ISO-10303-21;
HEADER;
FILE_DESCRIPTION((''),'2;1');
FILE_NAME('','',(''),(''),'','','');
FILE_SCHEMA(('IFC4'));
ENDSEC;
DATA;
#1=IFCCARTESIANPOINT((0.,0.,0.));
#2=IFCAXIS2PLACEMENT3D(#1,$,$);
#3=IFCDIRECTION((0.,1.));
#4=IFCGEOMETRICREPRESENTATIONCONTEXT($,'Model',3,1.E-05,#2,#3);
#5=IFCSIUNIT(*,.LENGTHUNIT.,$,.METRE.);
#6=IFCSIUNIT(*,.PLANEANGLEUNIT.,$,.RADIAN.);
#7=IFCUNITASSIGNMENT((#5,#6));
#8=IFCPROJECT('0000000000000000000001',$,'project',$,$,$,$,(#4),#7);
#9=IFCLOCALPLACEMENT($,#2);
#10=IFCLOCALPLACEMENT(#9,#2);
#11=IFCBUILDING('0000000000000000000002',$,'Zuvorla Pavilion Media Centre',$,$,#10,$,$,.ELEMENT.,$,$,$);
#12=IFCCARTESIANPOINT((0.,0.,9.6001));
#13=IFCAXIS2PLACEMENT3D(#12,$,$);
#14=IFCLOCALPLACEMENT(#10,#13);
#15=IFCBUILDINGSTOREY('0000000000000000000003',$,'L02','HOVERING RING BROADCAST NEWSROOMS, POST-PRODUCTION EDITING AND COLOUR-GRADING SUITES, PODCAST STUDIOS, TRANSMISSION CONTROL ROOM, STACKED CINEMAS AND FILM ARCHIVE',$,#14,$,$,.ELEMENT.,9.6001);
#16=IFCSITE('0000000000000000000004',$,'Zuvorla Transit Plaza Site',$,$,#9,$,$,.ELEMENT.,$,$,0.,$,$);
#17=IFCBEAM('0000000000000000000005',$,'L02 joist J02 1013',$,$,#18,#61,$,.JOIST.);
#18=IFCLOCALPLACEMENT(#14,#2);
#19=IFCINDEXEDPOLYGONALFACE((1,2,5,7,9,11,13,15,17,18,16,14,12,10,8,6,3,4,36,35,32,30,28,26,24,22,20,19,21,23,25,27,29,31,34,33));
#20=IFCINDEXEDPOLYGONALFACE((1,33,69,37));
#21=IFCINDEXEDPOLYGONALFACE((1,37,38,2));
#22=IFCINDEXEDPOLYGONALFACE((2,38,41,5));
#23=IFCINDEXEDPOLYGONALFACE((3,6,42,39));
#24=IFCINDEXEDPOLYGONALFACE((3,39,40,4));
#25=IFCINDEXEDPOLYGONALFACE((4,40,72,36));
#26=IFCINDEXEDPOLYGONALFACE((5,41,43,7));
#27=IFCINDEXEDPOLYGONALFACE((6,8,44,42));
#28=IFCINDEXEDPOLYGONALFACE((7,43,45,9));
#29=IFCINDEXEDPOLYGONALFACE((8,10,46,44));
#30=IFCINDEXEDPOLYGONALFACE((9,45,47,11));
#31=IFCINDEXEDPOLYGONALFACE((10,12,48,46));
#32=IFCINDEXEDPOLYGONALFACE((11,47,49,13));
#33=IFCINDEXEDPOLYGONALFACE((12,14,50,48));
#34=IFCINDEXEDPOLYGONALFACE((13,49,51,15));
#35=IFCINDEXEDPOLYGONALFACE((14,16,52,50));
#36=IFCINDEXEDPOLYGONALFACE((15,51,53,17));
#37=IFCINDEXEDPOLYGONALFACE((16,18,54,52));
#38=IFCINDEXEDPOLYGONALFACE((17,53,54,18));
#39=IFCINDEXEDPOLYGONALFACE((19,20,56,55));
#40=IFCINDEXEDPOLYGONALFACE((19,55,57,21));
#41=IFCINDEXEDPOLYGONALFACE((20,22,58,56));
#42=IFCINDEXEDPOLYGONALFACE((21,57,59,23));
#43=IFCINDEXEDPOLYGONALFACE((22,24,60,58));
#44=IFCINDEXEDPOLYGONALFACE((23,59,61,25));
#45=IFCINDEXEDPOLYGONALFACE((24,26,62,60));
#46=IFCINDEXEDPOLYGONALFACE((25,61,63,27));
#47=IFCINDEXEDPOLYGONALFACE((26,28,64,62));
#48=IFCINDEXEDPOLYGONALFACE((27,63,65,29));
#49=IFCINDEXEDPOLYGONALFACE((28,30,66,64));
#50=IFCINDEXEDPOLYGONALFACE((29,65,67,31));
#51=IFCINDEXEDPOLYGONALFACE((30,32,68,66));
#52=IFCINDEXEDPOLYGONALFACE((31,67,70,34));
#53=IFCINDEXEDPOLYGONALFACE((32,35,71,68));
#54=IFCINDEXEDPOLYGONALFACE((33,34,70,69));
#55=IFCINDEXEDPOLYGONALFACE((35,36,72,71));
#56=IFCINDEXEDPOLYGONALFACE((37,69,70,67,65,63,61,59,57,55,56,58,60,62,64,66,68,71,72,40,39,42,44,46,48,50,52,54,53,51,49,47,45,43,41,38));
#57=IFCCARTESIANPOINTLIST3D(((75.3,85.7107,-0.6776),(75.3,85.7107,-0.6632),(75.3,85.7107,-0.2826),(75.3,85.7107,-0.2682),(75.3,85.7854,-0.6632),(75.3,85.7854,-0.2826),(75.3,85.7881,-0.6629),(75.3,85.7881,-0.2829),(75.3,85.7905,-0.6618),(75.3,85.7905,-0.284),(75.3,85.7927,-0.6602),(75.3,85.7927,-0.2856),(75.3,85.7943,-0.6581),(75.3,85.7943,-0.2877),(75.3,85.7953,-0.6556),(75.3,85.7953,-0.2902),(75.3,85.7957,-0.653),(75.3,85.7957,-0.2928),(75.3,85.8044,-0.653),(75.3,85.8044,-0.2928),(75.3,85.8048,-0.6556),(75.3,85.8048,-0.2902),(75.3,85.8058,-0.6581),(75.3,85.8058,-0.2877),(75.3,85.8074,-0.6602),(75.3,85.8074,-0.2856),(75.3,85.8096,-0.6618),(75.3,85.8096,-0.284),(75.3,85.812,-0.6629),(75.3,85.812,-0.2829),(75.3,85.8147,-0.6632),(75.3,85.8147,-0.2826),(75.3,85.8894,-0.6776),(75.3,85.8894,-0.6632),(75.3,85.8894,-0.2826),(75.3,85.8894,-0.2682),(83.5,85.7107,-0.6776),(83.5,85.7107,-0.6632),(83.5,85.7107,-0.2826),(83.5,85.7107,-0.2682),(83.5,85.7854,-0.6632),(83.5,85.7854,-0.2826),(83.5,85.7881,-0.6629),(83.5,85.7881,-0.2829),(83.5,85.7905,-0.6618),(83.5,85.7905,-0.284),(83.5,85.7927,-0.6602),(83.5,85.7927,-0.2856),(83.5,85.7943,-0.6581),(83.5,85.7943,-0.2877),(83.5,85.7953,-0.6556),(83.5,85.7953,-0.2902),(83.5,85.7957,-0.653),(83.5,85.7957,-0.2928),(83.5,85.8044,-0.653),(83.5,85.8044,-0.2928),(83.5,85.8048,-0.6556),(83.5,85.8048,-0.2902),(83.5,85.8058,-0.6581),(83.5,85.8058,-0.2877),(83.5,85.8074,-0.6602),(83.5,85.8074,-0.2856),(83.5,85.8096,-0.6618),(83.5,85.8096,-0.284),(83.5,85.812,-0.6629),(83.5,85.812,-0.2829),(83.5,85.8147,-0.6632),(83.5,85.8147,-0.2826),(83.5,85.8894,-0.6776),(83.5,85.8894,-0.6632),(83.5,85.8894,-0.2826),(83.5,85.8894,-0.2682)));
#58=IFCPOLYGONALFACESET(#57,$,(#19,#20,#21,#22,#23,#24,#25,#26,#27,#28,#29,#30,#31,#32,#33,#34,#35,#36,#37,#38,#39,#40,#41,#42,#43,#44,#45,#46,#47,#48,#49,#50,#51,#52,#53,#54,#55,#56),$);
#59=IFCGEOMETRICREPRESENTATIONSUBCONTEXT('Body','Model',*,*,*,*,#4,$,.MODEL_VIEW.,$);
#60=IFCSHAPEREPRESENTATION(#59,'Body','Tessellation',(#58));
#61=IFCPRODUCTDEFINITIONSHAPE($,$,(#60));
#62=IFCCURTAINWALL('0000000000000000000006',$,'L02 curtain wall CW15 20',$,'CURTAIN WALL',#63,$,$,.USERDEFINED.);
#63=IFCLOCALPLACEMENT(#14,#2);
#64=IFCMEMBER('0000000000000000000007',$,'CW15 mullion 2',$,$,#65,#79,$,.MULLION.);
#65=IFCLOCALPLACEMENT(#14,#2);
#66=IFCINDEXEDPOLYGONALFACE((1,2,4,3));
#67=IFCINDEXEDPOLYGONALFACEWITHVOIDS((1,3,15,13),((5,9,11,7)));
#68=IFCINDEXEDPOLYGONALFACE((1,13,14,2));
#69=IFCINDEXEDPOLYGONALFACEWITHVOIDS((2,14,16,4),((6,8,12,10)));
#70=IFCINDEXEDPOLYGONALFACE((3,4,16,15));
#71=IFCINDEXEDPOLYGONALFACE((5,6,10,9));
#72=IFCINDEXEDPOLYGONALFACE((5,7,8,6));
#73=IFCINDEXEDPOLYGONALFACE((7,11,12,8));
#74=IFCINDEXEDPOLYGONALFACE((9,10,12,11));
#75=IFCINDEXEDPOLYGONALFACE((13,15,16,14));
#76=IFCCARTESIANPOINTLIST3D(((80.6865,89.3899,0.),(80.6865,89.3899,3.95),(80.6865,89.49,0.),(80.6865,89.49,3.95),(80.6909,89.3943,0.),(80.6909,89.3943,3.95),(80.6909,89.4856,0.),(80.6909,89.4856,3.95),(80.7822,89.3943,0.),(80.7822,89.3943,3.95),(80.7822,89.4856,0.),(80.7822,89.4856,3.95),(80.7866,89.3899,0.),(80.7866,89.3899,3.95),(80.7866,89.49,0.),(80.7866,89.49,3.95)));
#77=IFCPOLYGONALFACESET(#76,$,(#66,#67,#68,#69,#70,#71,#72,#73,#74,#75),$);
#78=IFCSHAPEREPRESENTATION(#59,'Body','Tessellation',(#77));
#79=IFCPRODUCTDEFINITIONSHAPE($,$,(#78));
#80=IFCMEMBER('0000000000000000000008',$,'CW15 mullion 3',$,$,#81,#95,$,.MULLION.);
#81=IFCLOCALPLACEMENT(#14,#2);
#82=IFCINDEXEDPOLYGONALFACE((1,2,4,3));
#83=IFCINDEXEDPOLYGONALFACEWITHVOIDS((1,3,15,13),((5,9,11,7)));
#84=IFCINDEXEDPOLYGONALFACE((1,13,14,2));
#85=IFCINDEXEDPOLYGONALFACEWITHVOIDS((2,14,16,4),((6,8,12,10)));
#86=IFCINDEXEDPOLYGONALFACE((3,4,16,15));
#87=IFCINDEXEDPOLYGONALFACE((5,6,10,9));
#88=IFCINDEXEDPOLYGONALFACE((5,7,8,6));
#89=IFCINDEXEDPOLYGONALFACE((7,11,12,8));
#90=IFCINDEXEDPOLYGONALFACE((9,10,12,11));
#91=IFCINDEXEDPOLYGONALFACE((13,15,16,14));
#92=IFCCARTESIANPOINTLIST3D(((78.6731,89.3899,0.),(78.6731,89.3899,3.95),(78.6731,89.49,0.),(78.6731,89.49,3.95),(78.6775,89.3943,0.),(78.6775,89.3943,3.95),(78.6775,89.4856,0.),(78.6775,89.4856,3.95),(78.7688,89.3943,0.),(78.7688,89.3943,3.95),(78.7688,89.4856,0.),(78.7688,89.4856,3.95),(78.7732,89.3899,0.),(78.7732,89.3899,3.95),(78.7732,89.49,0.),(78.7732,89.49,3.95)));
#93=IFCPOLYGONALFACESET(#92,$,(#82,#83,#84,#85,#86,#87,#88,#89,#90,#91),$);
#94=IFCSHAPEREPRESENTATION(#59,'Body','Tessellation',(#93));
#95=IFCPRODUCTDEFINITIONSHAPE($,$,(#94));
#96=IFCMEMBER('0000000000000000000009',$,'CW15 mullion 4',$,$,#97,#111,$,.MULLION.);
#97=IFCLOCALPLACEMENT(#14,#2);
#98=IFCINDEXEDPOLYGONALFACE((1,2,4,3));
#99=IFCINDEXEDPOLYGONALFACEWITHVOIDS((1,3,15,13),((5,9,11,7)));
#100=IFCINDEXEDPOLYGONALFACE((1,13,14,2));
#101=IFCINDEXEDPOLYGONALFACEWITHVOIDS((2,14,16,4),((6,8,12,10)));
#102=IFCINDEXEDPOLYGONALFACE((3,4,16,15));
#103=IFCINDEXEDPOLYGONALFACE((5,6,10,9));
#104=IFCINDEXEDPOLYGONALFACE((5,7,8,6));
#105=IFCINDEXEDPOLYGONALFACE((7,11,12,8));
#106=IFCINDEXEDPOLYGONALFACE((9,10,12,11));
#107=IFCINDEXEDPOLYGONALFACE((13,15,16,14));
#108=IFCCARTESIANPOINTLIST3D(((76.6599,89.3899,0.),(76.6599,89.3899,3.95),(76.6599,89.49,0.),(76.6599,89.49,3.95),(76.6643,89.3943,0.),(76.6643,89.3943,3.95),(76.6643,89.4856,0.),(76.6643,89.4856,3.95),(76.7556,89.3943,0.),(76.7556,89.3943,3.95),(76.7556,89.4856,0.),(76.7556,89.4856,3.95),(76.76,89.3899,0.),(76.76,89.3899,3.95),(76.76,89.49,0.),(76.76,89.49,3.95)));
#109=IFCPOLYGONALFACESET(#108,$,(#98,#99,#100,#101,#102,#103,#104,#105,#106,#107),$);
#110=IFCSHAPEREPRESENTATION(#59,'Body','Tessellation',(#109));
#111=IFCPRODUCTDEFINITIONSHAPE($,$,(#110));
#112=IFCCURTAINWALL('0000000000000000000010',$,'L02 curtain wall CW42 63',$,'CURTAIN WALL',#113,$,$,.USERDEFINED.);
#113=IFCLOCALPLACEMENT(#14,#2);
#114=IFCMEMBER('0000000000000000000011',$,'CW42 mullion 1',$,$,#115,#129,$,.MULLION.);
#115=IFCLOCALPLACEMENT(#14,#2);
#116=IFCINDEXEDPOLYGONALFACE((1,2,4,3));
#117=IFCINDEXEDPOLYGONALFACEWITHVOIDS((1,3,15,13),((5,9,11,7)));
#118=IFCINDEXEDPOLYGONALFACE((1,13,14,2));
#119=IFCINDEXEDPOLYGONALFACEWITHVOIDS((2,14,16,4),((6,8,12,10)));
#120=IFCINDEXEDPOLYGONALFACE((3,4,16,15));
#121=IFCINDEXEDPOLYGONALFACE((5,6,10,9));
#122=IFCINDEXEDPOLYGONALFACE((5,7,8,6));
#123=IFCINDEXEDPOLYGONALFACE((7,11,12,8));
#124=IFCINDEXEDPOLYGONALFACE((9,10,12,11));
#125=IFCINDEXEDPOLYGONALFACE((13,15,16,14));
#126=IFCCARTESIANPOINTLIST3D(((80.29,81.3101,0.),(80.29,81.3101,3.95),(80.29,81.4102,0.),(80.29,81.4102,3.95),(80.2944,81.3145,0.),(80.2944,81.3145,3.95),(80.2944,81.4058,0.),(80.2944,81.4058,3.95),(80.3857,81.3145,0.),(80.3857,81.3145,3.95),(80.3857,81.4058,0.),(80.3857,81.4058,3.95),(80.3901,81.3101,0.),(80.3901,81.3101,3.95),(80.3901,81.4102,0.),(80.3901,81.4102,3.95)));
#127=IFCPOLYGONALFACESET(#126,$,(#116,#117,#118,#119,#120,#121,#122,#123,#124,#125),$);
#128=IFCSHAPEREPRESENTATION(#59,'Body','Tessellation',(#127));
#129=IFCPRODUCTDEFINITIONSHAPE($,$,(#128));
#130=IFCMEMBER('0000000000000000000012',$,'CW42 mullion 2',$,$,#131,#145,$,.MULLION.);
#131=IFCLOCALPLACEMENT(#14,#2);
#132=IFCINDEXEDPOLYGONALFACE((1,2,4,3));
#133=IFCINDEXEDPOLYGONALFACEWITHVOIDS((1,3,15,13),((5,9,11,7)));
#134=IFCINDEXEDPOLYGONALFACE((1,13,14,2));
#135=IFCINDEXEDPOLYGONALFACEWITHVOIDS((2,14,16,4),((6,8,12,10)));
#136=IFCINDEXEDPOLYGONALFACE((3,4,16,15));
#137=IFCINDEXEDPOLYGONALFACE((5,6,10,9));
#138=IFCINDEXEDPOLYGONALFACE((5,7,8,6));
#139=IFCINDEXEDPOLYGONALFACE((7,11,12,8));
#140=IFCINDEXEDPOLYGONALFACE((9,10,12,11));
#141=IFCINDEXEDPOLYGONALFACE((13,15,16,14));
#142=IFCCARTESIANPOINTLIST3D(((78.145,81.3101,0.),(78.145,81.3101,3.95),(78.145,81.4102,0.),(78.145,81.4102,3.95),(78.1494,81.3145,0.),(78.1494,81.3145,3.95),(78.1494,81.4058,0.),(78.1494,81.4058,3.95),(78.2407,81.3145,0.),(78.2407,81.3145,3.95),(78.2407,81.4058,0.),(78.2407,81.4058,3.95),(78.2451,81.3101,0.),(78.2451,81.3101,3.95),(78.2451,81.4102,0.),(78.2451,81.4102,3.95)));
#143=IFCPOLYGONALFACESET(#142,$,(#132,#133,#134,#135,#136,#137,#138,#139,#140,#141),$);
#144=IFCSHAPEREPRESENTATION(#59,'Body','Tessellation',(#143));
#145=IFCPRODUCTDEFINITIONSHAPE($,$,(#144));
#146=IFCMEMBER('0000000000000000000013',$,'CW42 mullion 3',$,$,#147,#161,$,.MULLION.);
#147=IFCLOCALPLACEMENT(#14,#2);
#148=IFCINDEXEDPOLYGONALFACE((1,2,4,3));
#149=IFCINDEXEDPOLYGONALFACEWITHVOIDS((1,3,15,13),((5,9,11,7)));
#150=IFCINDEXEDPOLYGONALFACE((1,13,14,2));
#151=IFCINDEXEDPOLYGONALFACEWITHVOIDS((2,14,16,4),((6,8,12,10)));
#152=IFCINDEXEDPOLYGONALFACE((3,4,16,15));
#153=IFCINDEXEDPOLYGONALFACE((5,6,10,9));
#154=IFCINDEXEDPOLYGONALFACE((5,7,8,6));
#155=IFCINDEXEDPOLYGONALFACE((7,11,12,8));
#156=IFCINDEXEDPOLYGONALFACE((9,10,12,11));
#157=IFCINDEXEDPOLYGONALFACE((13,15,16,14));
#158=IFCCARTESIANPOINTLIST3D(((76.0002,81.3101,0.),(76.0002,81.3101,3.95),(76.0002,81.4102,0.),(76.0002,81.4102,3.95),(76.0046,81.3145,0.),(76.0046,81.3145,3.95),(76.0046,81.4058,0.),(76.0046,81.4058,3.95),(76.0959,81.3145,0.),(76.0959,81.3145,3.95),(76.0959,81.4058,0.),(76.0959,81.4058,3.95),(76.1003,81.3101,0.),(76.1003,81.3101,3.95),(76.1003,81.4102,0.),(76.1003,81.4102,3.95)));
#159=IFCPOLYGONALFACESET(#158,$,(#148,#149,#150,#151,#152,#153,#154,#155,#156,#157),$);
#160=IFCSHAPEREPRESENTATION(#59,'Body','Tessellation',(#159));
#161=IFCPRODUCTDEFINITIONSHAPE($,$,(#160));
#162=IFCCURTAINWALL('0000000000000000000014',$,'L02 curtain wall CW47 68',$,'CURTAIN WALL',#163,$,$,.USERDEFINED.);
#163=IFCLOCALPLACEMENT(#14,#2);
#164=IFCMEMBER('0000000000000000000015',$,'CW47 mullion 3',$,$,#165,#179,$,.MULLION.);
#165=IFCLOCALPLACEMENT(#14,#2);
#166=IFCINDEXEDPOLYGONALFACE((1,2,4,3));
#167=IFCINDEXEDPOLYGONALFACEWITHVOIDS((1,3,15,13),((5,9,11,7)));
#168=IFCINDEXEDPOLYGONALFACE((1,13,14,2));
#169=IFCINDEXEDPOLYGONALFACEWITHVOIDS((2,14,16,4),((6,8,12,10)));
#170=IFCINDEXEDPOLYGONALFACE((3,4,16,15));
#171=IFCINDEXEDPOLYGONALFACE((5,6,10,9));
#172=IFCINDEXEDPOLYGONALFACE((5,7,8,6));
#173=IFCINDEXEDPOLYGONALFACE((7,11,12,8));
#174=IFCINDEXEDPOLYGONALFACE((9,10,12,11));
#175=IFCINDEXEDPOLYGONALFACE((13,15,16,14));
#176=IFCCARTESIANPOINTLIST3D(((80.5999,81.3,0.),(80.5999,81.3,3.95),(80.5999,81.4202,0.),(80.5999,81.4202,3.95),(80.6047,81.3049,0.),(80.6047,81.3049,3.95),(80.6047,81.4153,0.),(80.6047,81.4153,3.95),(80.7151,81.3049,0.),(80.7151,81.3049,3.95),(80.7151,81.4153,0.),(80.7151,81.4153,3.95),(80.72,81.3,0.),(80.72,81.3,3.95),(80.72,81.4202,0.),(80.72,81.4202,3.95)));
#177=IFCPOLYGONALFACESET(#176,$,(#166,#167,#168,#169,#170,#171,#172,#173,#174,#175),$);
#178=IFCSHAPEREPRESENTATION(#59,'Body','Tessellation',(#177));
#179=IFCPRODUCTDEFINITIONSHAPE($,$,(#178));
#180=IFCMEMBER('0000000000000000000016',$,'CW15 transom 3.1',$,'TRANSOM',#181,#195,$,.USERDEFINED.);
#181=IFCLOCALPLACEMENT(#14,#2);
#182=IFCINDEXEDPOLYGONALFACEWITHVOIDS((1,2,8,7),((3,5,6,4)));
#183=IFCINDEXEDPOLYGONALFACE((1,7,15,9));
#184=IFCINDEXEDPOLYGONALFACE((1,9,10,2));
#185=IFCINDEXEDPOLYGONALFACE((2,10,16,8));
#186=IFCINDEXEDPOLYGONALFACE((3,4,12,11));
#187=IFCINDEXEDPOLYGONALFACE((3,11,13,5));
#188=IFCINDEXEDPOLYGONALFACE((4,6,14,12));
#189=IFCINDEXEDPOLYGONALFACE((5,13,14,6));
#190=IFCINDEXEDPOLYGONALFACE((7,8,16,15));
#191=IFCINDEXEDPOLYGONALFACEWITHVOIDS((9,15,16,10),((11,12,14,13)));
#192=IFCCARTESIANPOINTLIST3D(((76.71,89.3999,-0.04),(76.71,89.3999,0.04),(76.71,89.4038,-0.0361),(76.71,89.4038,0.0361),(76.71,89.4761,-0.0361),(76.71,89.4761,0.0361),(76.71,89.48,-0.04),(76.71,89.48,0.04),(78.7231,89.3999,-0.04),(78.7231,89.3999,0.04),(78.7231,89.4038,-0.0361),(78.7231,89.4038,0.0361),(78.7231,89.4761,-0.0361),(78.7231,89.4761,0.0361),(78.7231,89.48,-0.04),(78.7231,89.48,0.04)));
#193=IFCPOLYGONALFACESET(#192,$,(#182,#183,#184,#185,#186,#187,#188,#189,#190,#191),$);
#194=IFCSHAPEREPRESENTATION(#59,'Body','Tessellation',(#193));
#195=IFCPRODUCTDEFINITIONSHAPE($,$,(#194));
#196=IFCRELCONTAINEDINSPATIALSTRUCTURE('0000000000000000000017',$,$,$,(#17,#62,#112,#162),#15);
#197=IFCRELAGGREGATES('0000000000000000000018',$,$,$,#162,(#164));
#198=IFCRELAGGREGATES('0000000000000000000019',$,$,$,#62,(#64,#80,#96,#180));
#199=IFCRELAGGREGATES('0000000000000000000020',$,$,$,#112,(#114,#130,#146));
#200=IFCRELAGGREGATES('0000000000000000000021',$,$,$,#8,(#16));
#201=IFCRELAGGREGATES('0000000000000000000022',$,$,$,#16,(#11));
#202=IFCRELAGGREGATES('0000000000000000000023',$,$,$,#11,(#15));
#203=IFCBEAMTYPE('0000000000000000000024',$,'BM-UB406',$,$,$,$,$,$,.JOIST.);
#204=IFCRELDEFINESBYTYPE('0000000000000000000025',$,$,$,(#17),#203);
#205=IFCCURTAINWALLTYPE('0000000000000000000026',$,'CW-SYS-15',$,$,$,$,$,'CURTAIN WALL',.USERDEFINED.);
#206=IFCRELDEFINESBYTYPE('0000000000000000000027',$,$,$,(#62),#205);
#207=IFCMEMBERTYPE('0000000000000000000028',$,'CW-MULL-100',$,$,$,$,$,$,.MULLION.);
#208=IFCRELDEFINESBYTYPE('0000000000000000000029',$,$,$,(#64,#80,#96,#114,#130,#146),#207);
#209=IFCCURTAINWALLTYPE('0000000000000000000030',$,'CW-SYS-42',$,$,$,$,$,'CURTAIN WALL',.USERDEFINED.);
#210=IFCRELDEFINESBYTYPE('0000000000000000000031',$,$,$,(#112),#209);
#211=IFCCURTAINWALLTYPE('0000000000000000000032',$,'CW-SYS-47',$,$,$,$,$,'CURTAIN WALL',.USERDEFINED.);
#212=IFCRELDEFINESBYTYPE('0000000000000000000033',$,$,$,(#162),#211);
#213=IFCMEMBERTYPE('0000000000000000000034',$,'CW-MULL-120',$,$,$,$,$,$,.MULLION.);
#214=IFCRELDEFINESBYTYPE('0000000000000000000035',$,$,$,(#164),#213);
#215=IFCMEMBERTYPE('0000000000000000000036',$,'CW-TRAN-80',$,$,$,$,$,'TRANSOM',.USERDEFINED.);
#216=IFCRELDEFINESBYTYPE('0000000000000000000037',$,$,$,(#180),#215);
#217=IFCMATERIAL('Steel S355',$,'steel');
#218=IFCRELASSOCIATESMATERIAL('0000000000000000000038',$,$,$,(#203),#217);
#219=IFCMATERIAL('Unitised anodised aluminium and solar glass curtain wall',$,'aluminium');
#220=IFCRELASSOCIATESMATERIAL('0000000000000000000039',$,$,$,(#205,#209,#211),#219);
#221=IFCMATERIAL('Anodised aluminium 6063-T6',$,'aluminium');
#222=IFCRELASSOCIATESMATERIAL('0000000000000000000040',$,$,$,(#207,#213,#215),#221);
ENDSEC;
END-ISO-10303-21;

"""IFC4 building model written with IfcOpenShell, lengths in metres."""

from ifc_helpers import new_model, si_unit, direction, frame, origin, origin_2d, place, context, subcontext, project, spatial, hollow_rectangle, i_section, extrude, material, material_profile, profile_set, type_object, element, aggregate, save


model = new_model("IFC4")

# Units and contexts
model_context = context("Model", 3, precision=1e-05, world=origin(), true_north=direction((0.0, 1.0)))
body_context = subcontext(model_context, "Body", "Model", "MODEL_VIEW")
ifc_project = project(units=[si_unit("LENGTHUNIT", "METRE"), si_unit("PLANEANGLEUNIT", "RADIAN")], contexts=[model_context])

# Site, building, storey
site_placement = place(None, origin())
site = spatial("IfcSite", under=ifc_project, at=site_placement, Name="Zuvorla Transit Plaza Site", CompositionType="ELEMENT", RefElevation=0.0)
building_placement = place(site_placement, origin())
building = spatial("IfcBuilding", under=site, at=building_placement, Name="Zuvorla Pavilion Media Centre", CompositionType="ELEMENT")
storey_placement = place(building_placement, frame((0.0, 0.0, 9.6001)))
storey = spatial("IfcBuildingStorey", under=building, at=storey_placement, Name="L02", Description="HOVERING RING BROADCAST NEWSROOMS, POST-PRODUCTION EDITING AND COLOUR-GRADING SUITES, PODCAST STUDIOS, TRANSMISSION CONTROL ROOM, STACKED CINEMAS AND FILM ARCHIVE", CompositionType="ELEMENT", Elevation=9.6001)

# Beam
ifc_material_1 = material(Name="Steel S355", Category="steel")
ifc_material_profile_1 = material_profile(ifc_material_1, i_section(OverallWidth=0.1787, OverallDepth=0.4094, WebThickness=0.0088, FlangeThickness=0.0144, FilletRadius=0.0103, at=origin_2d()), Name="UB 406x178x67")
ifc_profile_set_1 = profile_set([ifc_material_profile_1], Name="Steel S355")
beam_type = type_object("IfcBeamType", Name="BM-UB406", PredefinedType="JOIST", material=ifc_profile_set_1)
beam_placement = place(storey_placement, frame((75.3, 85.8, -0.4729), z_axis=(1.0, 0.0, 0.0), x_axis=(0.0, 1.0, 0.0)))
element("IfcBeam", 1, at=beam_placement, inside=storey, type_object=beam_type, Name="L02 joist J02 1013", PredefinedType="JOIST", context=body_context, shape_type="SweptSolid", body=[
    extrude(i_section(OverallWidth=0.1787, OverallDepth=0.4094, WebThickness=0.0088, FlangeThickness=0.0144, FilletRadius=0.0103, at=origin_2d()), origin(), (0.0, 0.0, 1.0), 8.2),
])

# Curtain walls, members
ifc_material_2 = material(Name="Unitised anodised aluminium and solar glass curtain wall", Category="aluminium")
curtain_wall_type_1 = type_object("IfcCurtainWallType", Name="CW-SYS-15", ElementType="CURTAIN WALL", PredefinedType="USERDEFINED", material=ifc_material_2)
curtain_wall_1_placement = place(storey_placement, origin())
curtain_wall_1 = element("IfcCurtainWall", 2, at=curtain_wall_1_placement, inside=storey, type_object=curtain_wall_type_1, Name="L02 curtain wall CW15 20", ObjectType="CURTAIN WALL", PredefinedType="USERDEFINED")
ifc_material_3 = material(Name="Anodised aluminium 6063-T6", Category="aluminium")
ifc_material_profile_2 = material_profile(ifc_material_3, hollow_rectangle(XDim=0.1001, YDim=0.1001, WallThickness=0.0044, at=origin_2d()), Name="ALU MULL 100x100")
ifc_profile_set_2 = profile_set([ifc_material_profile_2], Name="Anodised aluminium 6063-T6")
member_type_1 = type_object("IfcMemberType", Name="CW-MULL-100", PredefinedType="MULLION", material=ifc_profile_set_2)
member_1_placement = place(storey_placement, frame((80.7366, 89.4399, 0.0), z_axis=(0.0, 0.0, 1.0), x_axis=(1.0, 0.0, 0.0)))
member_1 = element("IfcMember", 3, at=member_1_placement, type_object=member_type_1, Name="CW15 mullion 2", PredefinedType="MULLION", context=body_context, shape_type="SweptSolid", body=[
    extrude(hollow_rectangle(XDim=0.1001, YDim=0.1001, WallThickness=0.0044, at=origin_2d()), origin(), (0.0, 0.0, 1.0), 3.95),
])
member_2_placement = place(storey_placement, frame((78.7231, 89.4399, 0.0), z_axis=(0.0, 0.0, 1.0), x_axis=(1.0, 0.0, 0.0)))
member_2 = element("IfcMember", 4, at=member_2_placement, type_object=member_type_1, Name="CW15 mullion 3", PredefinedType="MULLION", context=body_context, shape_type="SweptSolid", body=[
    extrude(hollow_rectangle(XDim=0.1001, YDim=0.1001, WallThickness=0.0044, at=origin_2d()), origin(), (0.0, 0.0, 1.0), 3.95),
])
member_3_placement = place(storey_placement, frame((76.71, 89.4399, 0.0), z_axis=(0.0, 0.0, 1.0), x_axis=(1.0, 0.0, 0.0)))
member_3 = element("IfcMember", 5, at=member_3_placement, type_object=member_type_1, Name="CW15 mullion 4", PredefinedType="MULLION", context=body_context, shape_type="SweptSolid", body=[
    extrude(hollow_rectangle(XDim=0.1001, YDim=0.1001, WallThickness=0.0044, at=origin_2d()), origin(), (0.0, 0.0, 1.0), 3.95),
])
curtain_wall_type_2 = type_object("IfcCurtainWallType", Name="CW-SYS-42", ElementType="CURTAIN WALL", PredefinedType="USERDEFINED", material=ifc_material_2)
curtain_wall_2_placement = place(storey_placement, origin())
curtain_wall_2 = element("IfcCurtainWall", 6, at=curtain_wall_2_placement, inside=storey, type_object=curtain_wall_type_2, Name="L02 curtain wall CW42 63", ObjectType="CURTAIN WALL", PredefinedType="USERDEFINED")
member_4_placement = place(storey_placement, frame((80.3401, 81.3601, 0.0), z_axis=(0.0, 0.0, 1.0), x_axis=(1.0, 0.0, 0.0)))
member_4 = element("IfcMember", 7, at=member_4_placement, type_object=member_type_1, Name="CW42 mullion 1", PredefinedType="MULLION", context=body_context, shape_type="SweptSolid", body=[
    extrude(hollow_rectangle(XDim=0.1001, YDim=0.1001, WallThickness=0.0044, at=origin_2d()), origin(), (0.0, 0.0, 1.0), 3.95),
])
member_5_placement = place(storey_placement, frame((78.1951, 81.3601, 0.0), z_axis=(0.0, 0.0, 1.0), x_axis=(1.0, 0.0, 0.0)))
member_5 = element("IfcMember", 8, at=member_5_placement, type_object=member_type_1, Name="CW42 mullion 2", PredefinedType="MULLION", context=body_context, shape_type="SweptSolid", body=[
    extrude(hollow_rectangle(XDim=0.1001, YDim=0.1001, WallThickness=0.0044, at=origin_2d()), origin(), (0.0, 0.0, 1.0), 3.95),
])
member_6_placement = place(storey_placement, frame((76.0503, 81.3601, 0.0), z_axis=(0.0, 0.0, 1.0), x_axis=(1.0, 0.0, 0.0)))
member_6 = element("IfcMember", 9, at=member_6_placement, type_object=member_type_1, Name="CW42 mullion 3", PredefinedType="MULLION", context=body_context, shape_type="SweptSolid", body=[
    extrude(hollow_rectangle(XDim=0.1001, YDim=0.1001, WallThickness=0.0044, at=origin_2d()), origin(), (0.0, 0.0, 1.0), 3.95),
])

# Curtain wall, member
curtain_wall_type_3 = type_object("IfcCurtainWallType", Name="CW-SYS-47", ElementType="CURTAIN WALL", PredefinedType="USERDEFINED", material=ifc_material_2)
curtain_wall_3_placement = place(storey_placement, origin())
curtain_wall_3 = element("IfcCurtainWall", 10, at=curtain_wall_3_placement, inside=storey, type_object=curtain_wall_type_3, Name="L02 curtain wall CW47 68", ObjectType="CURTAIN WALL", PredefinedType="USERDEFINED")
ifc_material_profile_3 = material_profile(ifc_material_3, hollow_rectangle(XDim=0.1201, YDim=0.1201, WallThickness=0.0049, at=origin_2d()), Name="ALU MULL 120x120")
ifc_profile_set_3 = profile_set([ifc_material_profile_3], Name="Anodised aluminium 6063-T6")
member_type_2 = type_object("IfcMemberType", Name="CW-MULL-120", PredefinedType="MULLION", material=ifc_profile_set_3)
member_7_placement = place(storey_placement, frame((80.6599, 81.3601, 0.0), z_axis=(0.0, 0.0, 1.0), x_axis=(1.0, 0.0, 0.0)))
member_7 = element("IfcMember", 11, at=member_7_placement, type_object=member_type_2, Name="CW47 mullion 3", PredefinedType="MULLION", context=body_context, shape_type="SweptSolid", body=[
    extrude(hollow_rectangle(XDim=0.1201, YDim=0.1201, WallThickness=0.0049, at=origin_2d()), origin(), (0.0, 0.0, 1.0), 3.95),
])
aggregate(curtain_wall_3, [member_7])

# Member
ifc_material_profile_4 = material_profile(ifc_material_3, hollow_rectangle(XDim=0.0801, YDim=0.0801, WallThickness=0.0039, at=origin_2d()), Name="ALU TRAN 80x80")
ifc_profile_set_4 = profile_set([ifc_material_profile_4], Name="Anodised aluminium 6063-T6")
member_type_3 = type_object("IfcMemberType", Name="CW-TRAN-80", ElementType="TRANSOM", PredefinedType="USERDEFINED", material=ifc_profile_set_4)
member_8_placement = place(storey_placement, frame((78.7231, 89.4399, 0.0), z_axis=(-1.0, 0.0, 0.0), x_axis=(0.0, -1.0, 0.0)))
member_8 = element("IfcMember", 12, at=member_8_placement, type_object=member_type_3, Name="CW15 transom 3.1", ObjectType="TRANSOM", PredefinedType="USERDEFINED", context=body_context, shape_type="SweptSolid", body=[
    extrude(hollow_rectangle(XDim=0.0801, YDim=0.0801, WallThickness=0.0039, at=origin_2d()), origin(), (0.0, 0.0, 1.0), 2.0132),
])

aggregate(curtain_wall_1, [member_1, member_2, member_3, member_8])
aggregate(curtain_wall_2, [member_4, member_5, member_6])

save(model, "model.ifc")
